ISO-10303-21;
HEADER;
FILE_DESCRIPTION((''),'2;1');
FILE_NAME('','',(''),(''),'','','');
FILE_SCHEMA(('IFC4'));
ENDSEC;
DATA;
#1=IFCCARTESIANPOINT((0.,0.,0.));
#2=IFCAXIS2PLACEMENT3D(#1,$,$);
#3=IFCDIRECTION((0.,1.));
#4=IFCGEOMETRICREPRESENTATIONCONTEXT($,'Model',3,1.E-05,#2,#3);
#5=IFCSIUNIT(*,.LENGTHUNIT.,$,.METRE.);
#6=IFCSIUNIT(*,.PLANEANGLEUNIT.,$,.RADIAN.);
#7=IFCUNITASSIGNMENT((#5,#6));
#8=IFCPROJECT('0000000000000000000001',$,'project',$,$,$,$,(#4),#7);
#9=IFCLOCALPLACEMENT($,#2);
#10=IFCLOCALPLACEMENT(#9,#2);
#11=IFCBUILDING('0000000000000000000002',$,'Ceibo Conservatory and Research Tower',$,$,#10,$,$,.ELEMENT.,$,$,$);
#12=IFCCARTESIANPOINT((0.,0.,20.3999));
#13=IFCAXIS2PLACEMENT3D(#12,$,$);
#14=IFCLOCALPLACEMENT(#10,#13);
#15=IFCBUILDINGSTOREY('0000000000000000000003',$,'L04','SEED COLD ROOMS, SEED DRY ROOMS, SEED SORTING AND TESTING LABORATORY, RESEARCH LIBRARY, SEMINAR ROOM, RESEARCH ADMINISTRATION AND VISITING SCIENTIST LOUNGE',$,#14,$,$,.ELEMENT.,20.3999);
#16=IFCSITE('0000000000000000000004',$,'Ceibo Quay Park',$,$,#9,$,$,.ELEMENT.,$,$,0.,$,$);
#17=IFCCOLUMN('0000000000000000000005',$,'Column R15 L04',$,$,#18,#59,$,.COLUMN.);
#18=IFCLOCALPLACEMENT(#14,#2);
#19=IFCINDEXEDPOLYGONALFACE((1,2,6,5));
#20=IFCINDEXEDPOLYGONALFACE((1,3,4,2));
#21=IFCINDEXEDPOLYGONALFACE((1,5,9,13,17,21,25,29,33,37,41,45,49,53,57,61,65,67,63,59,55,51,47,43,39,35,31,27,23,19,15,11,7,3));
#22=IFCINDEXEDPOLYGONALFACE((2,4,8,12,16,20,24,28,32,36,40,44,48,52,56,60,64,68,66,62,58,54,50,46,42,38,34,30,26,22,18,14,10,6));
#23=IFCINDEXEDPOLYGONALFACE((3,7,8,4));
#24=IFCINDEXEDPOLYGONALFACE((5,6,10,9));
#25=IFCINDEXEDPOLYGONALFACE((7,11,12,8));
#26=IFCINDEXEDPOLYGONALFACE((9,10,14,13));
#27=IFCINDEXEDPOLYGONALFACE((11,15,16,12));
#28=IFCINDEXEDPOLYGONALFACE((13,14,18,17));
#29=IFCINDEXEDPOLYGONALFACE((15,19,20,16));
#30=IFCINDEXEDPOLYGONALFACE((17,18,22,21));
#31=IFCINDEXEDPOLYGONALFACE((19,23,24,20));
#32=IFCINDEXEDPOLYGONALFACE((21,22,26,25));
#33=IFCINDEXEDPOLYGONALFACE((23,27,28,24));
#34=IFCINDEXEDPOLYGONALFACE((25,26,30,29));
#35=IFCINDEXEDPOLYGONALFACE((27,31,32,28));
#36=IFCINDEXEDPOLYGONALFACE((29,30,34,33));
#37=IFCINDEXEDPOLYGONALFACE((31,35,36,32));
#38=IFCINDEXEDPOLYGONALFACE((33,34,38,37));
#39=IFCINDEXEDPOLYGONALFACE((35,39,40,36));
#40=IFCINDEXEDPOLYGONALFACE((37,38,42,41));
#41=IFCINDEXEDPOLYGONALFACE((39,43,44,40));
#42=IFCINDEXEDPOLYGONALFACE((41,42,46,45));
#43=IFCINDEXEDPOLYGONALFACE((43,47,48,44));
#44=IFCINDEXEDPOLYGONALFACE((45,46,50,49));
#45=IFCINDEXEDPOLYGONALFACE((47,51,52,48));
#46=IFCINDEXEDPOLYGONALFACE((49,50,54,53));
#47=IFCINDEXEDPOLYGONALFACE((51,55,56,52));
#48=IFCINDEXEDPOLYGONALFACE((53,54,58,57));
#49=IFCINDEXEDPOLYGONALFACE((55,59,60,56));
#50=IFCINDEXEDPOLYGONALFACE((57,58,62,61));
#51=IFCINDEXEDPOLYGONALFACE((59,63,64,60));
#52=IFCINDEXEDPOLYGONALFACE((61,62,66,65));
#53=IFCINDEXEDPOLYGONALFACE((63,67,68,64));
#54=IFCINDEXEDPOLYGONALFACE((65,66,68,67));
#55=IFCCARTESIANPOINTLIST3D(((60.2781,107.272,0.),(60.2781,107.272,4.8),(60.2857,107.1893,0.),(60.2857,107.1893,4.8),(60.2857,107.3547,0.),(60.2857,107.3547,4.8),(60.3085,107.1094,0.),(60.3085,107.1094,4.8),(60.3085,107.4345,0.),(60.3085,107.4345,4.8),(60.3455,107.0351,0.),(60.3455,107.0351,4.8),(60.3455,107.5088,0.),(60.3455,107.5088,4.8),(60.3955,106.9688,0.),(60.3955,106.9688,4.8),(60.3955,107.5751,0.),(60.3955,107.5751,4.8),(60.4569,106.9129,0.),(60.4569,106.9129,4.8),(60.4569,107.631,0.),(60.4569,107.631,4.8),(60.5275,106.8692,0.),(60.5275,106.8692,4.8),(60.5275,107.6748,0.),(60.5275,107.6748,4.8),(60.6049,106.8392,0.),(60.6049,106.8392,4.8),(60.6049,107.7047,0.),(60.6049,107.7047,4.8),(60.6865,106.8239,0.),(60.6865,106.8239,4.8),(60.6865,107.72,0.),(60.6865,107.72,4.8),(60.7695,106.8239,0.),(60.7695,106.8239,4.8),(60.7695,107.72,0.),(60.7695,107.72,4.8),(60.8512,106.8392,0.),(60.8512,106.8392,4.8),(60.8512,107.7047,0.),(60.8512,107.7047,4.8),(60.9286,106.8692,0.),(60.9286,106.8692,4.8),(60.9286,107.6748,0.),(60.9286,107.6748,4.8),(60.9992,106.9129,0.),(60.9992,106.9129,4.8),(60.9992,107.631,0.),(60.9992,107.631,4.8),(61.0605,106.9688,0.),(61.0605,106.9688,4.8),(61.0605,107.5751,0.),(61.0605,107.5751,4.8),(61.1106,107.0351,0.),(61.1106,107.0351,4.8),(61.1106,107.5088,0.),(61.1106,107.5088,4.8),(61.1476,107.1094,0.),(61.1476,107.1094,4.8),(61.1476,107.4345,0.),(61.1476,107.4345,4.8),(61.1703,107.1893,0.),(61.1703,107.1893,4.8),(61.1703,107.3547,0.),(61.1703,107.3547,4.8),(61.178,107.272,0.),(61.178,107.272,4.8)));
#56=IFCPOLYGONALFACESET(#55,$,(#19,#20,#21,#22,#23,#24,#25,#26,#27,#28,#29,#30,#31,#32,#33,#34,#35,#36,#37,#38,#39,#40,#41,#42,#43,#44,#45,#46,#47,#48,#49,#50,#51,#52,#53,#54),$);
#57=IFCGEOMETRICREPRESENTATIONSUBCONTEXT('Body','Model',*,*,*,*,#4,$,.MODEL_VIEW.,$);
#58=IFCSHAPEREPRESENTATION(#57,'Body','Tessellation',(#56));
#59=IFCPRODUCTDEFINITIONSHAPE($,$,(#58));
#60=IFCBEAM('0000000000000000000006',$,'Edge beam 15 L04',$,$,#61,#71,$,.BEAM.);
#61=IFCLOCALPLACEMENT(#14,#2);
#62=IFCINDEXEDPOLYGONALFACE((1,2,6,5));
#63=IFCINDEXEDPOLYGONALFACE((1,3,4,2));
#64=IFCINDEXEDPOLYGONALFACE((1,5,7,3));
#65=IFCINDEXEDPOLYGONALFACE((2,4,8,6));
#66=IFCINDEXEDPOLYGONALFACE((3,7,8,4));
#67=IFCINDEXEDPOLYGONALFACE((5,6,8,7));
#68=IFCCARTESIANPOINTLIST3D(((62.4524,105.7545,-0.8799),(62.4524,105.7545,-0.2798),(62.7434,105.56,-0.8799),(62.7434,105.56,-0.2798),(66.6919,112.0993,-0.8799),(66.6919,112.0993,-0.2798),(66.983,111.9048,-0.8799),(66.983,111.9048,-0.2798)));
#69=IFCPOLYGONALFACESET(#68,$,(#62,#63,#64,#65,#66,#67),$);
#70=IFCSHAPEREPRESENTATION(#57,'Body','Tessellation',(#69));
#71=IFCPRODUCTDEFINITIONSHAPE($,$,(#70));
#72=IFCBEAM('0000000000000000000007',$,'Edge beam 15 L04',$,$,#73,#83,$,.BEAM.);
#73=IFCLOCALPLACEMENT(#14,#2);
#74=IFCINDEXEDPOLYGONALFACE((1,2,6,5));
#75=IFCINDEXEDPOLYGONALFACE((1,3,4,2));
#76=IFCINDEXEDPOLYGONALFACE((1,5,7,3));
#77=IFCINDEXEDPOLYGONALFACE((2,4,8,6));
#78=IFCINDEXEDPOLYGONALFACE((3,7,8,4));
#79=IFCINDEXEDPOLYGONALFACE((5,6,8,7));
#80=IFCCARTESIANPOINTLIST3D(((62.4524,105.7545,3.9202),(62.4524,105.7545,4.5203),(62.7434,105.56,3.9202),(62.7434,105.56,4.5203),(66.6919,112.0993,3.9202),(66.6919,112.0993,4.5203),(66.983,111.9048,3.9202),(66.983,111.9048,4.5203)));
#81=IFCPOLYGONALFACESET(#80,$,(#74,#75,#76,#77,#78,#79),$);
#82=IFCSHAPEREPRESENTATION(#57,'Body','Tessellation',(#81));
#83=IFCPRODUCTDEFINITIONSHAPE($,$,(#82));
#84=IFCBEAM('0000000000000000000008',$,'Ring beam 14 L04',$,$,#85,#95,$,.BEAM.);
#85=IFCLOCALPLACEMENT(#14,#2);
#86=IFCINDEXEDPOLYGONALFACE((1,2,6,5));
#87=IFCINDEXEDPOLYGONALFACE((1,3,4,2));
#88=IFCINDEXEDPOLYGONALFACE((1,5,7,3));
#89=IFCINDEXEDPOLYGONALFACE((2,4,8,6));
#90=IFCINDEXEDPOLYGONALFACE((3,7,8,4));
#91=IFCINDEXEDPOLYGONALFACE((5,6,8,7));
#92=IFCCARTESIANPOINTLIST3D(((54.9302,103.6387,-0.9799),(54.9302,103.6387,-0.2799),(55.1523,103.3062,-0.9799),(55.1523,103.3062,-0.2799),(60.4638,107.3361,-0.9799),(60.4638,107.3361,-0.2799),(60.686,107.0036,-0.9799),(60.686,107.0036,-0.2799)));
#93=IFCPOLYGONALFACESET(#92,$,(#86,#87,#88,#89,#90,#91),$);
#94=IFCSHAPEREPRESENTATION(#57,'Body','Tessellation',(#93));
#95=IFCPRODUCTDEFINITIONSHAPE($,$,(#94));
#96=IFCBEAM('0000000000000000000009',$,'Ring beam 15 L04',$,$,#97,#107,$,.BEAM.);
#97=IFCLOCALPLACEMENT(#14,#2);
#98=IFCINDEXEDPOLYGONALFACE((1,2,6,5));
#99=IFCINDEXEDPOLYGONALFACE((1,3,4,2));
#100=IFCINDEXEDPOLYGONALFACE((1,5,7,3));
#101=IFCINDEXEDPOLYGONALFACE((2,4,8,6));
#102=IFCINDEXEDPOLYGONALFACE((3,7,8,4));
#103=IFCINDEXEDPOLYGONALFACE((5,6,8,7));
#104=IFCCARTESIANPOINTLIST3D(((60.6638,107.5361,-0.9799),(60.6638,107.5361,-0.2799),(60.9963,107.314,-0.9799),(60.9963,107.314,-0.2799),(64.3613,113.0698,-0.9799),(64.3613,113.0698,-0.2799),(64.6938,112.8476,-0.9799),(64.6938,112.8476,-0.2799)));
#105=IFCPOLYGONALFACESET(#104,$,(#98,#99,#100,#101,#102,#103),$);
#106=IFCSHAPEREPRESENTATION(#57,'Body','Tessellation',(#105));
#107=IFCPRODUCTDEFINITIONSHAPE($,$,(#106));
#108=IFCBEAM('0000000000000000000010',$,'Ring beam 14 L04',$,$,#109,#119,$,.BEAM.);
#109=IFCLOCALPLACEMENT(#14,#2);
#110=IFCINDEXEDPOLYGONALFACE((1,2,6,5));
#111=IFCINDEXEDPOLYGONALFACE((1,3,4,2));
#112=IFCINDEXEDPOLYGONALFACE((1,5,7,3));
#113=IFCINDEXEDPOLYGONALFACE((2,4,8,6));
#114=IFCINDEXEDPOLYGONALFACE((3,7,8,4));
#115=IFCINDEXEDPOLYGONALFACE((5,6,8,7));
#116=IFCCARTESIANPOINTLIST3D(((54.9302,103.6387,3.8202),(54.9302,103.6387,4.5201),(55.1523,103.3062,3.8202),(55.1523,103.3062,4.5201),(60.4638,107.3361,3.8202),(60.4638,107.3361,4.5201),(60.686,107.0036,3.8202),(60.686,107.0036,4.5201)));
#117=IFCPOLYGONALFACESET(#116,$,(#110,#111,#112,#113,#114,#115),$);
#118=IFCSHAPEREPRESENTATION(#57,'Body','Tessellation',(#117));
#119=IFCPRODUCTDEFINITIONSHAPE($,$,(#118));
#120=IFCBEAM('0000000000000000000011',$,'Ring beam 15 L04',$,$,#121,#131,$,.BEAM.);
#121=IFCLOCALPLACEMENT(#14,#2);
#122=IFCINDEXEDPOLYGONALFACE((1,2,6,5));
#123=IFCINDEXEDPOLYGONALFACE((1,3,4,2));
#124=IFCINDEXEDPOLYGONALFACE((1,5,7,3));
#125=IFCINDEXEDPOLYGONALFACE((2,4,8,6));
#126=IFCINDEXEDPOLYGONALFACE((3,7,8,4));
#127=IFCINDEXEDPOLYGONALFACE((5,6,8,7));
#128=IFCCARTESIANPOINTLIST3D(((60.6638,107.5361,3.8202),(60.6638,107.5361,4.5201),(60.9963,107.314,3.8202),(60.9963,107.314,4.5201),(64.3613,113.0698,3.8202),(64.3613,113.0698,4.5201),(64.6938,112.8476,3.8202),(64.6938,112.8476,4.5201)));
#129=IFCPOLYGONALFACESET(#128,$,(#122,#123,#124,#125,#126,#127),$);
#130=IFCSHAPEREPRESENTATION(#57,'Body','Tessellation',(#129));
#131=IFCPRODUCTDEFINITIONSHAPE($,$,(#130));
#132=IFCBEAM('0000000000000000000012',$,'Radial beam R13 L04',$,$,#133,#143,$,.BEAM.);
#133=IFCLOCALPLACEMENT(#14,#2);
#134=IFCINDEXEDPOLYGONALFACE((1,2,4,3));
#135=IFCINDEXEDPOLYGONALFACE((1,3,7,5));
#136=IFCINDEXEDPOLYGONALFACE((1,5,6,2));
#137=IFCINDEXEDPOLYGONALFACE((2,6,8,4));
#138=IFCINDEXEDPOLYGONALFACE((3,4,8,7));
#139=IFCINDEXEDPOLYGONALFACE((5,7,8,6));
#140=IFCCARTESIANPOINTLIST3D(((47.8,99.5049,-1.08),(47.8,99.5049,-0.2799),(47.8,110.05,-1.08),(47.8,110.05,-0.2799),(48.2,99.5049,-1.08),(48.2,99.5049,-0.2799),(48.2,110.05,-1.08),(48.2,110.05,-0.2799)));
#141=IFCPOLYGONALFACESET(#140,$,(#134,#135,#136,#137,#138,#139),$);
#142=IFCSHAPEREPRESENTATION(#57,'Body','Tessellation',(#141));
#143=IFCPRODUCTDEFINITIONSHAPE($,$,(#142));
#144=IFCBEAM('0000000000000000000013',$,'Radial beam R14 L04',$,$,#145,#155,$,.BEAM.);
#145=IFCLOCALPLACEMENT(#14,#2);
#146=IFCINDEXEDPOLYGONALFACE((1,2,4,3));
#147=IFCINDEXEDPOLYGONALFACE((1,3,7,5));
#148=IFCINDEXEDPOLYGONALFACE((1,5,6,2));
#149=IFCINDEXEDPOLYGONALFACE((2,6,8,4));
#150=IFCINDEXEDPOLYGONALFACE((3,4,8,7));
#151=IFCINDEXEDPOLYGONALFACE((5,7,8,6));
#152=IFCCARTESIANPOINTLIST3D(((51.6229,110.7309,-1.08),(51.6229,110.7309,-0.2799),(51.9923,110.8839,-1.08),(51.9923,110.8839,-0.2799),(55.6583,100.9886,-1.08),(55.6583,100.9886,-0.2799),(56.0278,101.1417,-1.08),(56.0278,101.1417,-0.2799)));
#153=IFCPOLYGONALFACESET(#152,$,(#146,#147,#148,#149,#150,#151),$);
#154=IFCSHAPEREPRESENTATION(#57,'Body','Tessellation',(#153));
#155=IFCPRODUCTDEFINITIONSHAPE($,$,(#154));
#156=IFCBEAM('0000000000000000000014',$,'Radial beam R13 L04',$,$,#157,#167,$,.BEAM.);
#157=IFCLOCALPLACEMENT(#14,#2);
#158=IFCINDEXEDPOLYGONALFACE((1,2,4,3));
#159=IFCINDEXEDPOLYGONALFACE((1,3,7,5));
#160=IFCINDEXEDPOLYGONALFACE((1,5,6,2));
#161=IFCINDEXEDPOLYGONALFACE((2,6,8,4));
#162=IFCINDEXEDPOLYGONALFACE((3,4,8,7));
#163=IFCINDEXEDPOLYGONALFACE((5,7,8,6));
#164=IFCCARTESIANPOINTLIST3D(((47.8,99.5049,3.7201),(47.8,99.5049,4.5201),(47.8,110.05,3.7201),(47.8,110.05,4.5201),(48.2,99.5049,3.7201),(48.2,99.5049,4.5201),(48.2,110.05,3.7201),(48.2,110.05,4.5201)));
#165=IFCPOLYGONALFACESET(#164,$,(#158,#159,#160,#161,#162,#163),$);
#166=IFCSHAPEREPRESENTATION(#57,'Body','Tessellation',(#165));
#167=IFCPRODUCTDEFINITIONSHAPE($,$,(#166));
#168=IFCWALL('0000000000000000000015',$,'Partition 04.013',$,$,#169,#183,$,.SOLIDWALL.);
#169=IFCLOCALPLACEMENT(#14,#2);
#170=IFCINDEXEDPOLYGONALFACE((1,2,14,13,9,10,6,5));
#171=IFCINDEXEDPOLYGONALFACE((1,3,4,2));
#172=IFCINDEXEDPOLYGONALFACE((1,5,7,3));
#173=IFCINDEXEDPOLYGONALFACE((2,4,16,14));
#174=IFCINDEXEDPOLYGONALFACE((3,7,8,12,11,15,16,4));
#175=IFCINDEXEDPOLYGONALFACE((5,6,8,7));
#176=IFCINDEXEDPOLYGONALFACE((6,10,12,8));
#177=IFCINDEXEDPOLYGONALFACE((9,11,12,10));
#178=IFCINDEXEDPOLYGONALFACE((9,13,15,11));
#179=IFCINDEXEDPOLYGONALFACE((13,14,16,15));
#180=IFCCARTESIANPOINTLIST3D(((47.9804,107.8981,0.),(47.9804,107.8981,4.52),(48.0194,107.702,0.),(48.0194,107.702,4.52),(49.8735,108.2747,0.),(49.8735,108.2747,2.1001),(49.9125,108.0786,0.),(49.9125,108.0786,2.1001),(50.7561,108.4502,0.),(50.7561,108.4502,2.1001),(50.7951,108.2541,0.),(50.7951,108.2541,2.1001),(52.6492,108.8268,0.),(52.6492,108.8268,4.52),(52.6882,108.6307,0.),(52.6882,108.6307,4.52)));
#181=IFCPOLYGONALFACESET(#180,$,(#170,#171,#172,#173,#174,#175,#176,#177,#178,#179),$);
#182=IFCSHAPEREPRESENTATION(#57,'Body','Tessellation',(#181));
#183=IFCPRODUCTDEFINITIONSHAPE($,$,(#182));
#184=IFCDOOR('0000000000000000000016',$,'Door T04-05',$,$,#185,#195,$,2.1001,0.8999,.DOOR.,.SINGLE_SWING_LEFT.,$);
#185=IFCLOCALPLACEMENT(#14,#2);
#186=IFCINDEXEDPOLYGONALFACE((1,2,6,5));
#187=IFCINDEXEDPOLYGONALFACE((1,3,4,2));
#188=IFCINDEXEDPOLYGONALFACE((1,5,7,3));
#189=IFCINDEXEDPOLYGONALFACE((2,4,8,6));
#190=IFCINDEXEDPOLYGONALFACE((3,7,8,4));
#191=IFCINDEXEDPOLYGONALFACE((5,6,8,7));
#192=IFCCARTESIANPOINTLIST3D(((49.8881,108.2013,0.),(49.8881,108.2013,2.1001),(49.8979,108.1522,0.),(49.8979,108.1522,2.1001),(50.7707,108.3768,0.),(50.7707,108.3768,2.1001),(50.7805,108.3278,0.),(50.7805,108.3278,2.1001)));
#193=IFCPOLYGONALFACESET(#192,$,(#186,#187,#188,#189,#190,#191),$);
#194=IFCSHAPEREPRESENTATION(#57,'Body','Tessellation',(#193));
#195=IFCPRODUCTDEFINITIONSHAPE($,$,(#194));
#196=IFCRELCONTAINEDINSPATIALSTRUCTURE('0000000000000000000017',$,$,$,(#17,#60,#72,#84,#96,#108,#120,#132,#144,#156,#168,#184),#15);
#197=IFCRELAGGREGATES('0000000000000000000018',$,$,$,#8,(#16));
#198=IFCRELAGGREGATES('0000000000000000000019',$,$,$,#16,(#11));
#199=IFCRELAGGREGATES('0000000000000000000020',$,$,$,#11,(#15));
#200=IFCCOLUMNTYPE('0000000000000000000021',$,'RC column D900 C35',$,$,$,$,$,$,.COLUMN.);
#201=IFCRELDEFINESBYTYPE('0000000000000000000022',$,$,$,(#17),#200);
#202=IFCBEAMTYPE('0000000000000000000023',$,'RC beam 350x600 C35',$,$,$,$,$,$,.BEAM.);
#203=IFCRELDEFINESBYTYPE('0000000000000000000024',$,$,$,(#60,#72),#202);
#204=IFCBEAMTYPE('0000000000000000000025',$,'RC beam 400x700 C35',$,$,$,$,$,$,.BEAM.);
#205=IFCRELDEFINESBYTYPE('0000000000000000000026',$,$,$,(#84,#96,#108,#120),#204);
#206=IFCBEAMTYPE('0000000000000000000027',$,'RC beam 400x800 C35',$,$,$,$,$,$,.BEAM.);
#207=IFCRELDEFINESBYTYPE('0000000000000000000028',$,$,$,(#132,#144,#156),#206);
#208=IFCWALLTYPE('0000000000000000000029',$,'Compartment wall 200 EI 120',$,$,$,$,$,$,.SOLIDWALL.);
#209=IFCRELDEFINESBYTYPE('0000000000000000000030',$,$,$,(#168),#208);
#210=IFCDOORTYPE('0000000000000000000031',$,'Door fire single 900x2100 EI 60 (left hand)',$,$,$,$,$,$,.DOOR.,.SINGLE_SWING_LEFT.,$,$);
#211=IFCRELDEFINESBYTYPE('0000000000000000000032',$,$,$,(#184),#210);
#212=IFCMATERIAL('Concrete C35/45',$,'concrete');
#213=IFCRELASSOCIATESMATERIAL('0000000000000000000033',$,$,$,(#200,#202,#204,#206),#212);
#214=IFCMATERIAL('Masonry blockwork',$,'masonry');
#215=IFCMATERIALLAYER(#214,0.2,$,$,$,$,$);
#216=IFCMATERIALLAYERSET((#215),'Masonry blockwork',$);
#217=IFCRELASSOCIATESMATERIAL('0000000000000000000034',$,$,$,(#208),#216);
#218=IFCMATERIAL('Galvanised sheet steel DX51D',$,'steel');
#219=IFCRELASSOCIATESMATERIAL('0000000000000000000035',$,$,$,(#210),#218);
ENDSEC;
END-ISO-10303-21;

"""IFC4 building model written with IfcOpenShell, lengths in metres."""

from ifc_helpers import new_model, si_unit, direction, frame, frame_2d, origin, origin_2d, place, context, subcontext, project, spatial, rectangle, circle, extrude, material, layer, layer_set, material_profile, profile_set, type_object, element, fill, save


model = new_model("IFC4")

# Units and contexts
model_context = context("Model", 3, precision=1e-05, world=origin(), true_north=direction((0.0, 1.0)))
body_context = subcontext(model_context, "Body", "Model", "MODEL_VIEW")
ifc_project = project(units=[si_unit("LENGTHUNIT", "METRE"), si_unit("PLANEANGLEUNIT", "RADIAN")], contexts=[model_context])

# Site, building, storey
site_placement = place(None, origin())
site = spatial("IfcSite", under=ifc_project, at=site_placement, Name="Ceibo Quay Park", CompositionType="ELEMENT", RefElevation=0.0)
building_placement = place(site_placement, origin())
building = spatial("IfcBuilding", under=site, at=building_placement, Name="Ceibo Conservatory and Research Tower", CompositionType="ELEMENT")
storey_placement = place(building_placement, frame((0.0, 0.0, 20.3999)))
storey = spatial("IfcBuildingStorey", under=building, at=storey_placement, Name="L04", Description="SEED COLD ROOMS, SEED DRY ROOMS, SEED SORTING AND TESTING LABORATORY, RESEARCH LIBRARY, SEMINAR ROOM, RESEARCH ADMINISTRATION AND VISITING SCIENTIST LOUNGE", CompositionType="ELEMENT", Elevation=20.3999)

# Column
ifc_material_1 = material(Name="Concrete C35/45", Category="concrete")
ifc_material_profile_1 = material_profile(ifc_material_1, circle(Radius=0.45, at=origin_2d()), Name="RC D900")
ifc_profile_set_1 = profile_set([ifc_material_profile_1], Name="Concrete C35/45")
column_type = type_object("IfcColumnType", Name="RC column D900 C35", PredefinedType="COLUMN", material=ifc_profile_set_1)
column_placement = place(storey_placement, frame((60.728, 107.272, 0.0), z_axis=(0.0, 0.0, 1.0), x_axis=(1.0, 0.0, 0.0)))
element("IfcColumn", 1, at=column_placement, inside=storey, type_object=column_type, Name="Column R15 L04", PredefinedType="COLUMN", context=body_context, shape_type="SweptSolid", body=[
    extrude(circle(Radius=0.45, at=origin_2d()), origin(), (0.0, 0.0, 1.0), 4.8),
])

# Beams
ifc_material_profile_2 = material_profile(ifc_material_1, rectangle(XDim=0.3501, YDim=0.6001, at=origin_2d()), Name="RC 350x600")
ifc_profile_set_2 = profile_set([ifc_material_profile_2], Name="Concrete C35/45")
beam_type_1 = type_object("IfcBeamType", Name="RC beam 350x600 C35", PredefinedType="BEAM", material=ifc_profile_set_2)
for number, where, z_axis, x_axis, name in (
    (2, (62.5979, 105.6572, -0.5798), (0.555578, 0.831464, 0.0), (-0.831464, 0.555578, 0.0), "Edge beam 15 L04"),
    (3, (62.5979, 105.6572, 4.2202), (0.555578, 0.831464, 0.0), (-0.831464, 0.555578, 0.0), "Edge beam 15 L04"),
):
    element("IfcBeam", number, at=place(storey_placement, frame(where, z_axis=z_axis, x_axis=x_axis)), inside=storey, type_object=beam_type_1, Name=name, PredefinedType="BEAM", context=body_context, shape_type="SweptSolid", body=[
        extrude(rectangle(XDim=0.3501, YDim=0.6001, at=origin_2d()), origin(), (0.0, 0.0, 1.0), 7.6309),
    ])
ifc_material_profile_3 = material_profile(ifc_material_1, rectangle(XDim=0.3999, YDim=0.7, at=origin_2d()), Name="RC 400x700")
ifc_profile_set_3 = profile_set([ifc_material_profile_3], Name="Concrete C35/45")
beam_type_2 = type_object("IfcBeamType", Name="RC beam 400x700 C35", PredefinedType="BEAM", material=ifc_profile_set_3)
for number, where, z_axis, x_axis, name in (
    (4, (55.0413, 103.4724, -0.6299), (0.831469, 0.555572, 0.0), (-0.555572, 0.831469, 0.0), "Ring beam 14 L04"),
    (5, (60.8301, 107.425, -0.6299), (0.555572, 0.831469, 0.0), (-0.831469, 0.555572, 0.0), "Ring beam 15 L04"),
    (6, (55.0413, 103.4724, 4.1702), (0.831469, 0.555572, 0.0), (-0.555572, 0.831469, 0.0), "Ring beam 14 L04"),
    (7, (60.8301, 107.425, 4.1702), (0.555572, 0.831469, 0.0), (-0.831469, 0.555572, 0.0), "Ring beam 15 L04"),
):
    element("IfcBeam", number, at=place(storey_placement, frame(where, z_axis=z_axis, x_axis=x_axis)), inside=storey, type_object=beam_type_2, Name=name, PredefinedType="BEAM", context=body_context, shape_type="SweptSolid", body=[
        extrude(rectangle(XDim=0.3999, YDim=0.7, at=origin_2d()), origin(), (0.0, 0.0, 1.0), 6.6553),
    ])
ifc_material_profile_4 = material_profile(ifc_material_1, rectangle(XDim=0.3999, YDim=0.8, at=origin_2d()), Name="RC 400x800")
ifc_profile_set_4 = profile_set([ifc_material_profile_4], Name="Concrete C35/45")
beam_type_3 = type_object("IfcBeamType", Name="RC beam 400x800 C35", PredefinedType="BEAM", material=ifc_profile_set_4)
beam_1_placement = place(storey_placement, frame((48.0, 110.05, -0.6799), z_axis=(0.0, -1.0, 0.0), x_axis=(1.0, 0.0, 0.0)))
element("IfcBeam", 8, at=beam_1_placement, inside=storey, type_object=beam_type_3, Name="Radial beam R13 L04", PredefinedType="BEAM", context=body_context, shape_type="SweptSolid", body=[
    extrude(rectangle(XDim=0.3999, YDim=0.8, at=origin_2d()), origin(), (0.0, 0.0, 1.0), 10.5452),
])
beam_2_placement = place(storey_placement, frame((51.8076, 110.8074, -0.6799), z_axis=(0.382688, -0.923878, 0.0), x_axis=(0.923878, 0.382688, 0.0)))
element("IfcBeam", 9, at=beam_2_placement, inside=storey, type_object=beam_type_3, Name="Radial beam R14 L04", PredefinedType="BEAM", context=body_context, shape_type="SweptSolid", body=[
    extrude(rectangle(XDim=0.3999, YDim=0.8, at=origin_2d()), origin(), (0.0, 0.0, 1.0), 10.5449),
])
beam_3_placement = place(storey_placement, frame((48.0, 110.05, 4.1201), z_axis=(0.0, -1.0, 0.0), x_axis=(1.0, 0.0, 0.0)))
element("IfcBeam", 10, at=beam_3_placement, inside=storey, type_object=beam_type_3, Name="Radial beam R13 L04", PredefinedType="BEAM", context=body_context, shape_type="SweptSolid", body=[
    extrude(rectangle(XDim=0.3999, YDim=0.8, at=origin_2d()), origin(), (0.0, 0.0, 1.0), 10.5452),
])

# Wall, opening, door
ifc_material_2 = material(Name="Masonry blockwork", Category="masonry")
ifc_layer_1 = layer(ifc_material_2, 0.2)
ifc_layer_set_1 = layer_set([ifc_layer_1], Name="Masonry blockwork")
wall_type_1 = type_object("IfcWallType", Name="Compartment wall 200 EI 120", PredefinedType="SOLIDWALL", material=ifc_layer_set_1)
wall_1_placement = place(storey_placement, frame((52.6687, 108.7288, 0.0), z_axis=(0.0, 0.0, 1.0), x_axis=(-0.980783, -0.1951, 0.0)))
wall_1 = element("IfcWall", 11, at=wall_1_placement, inside=storey, type_object=wall_type_1, Name="Partition 04.013", PredefinedType="SOLIDWALL", context=body_context, shape_type="SweptSolid", body=[
    extrude(rectangle(XDim=4.7603, YDim=0.2, at=frame_2d((2.3801, 0.0))), origin(), (0.0, 0.0, 1.0), 4.52),
])
opening_1_placement = place(wall_1_placement, frame((1.9302, 0.0, 0.0)))
opening_1 = element("IfcOpeningElement", 12, at=opening_1_placement, cuts=wall_1, PredefinedType="OPENING", context=body_context, shape_type="SweptSolid", body=[
    extrude(rectangle(XDim=0.8999, YDim=2.1001, at=frame_2d((0.45, 1.05))), frame((0.0, 0.1099, 0.0), z_axis=(0.0, -1.0, 0.0), x_axis=(1.0, 0.0, 0.0)), (0.0, 0.0, 1.0), 0.22),
])
ifc_material_3 = material(Name="Galvanised sheet steel DX51D", Category="steel")
door_type_1 = type_object("IfcDoorType", Name="Door fire single 900x2100 EI 60 (left hand)", OperationType="SINGLE_SWING_LEFT", PredefinedType="DOOR", material=ifc_material_3)
door_1_placement = place(opening_1_placement, origin())
door_1 = element("IfcDoor", 13, at=door_1_placement, inside=storey, type_object=door_type_1, Name="Door T04-05", OperationType="SINGLE_SWING_LEFT", OverallHeight=2.1001, OverallWidth=0.8999, PredefinedType="DOOR", context=body_context, shape_type="SweptSolid", body=[
    extrude(rectangle(XDim=0.8999, YDim=2.1001, at=frame_2d((0.45, 1.05))), frame((0.0, 0.0249, 0.0), z_axis=(0.0, -1.0, 0.0), x_axis=(1.0, 0.0, 0.0)), (0.0, 0.0, 1.0), 0.05),
])
fill(opening_1, door_1)

save(model, "model.ifc")
